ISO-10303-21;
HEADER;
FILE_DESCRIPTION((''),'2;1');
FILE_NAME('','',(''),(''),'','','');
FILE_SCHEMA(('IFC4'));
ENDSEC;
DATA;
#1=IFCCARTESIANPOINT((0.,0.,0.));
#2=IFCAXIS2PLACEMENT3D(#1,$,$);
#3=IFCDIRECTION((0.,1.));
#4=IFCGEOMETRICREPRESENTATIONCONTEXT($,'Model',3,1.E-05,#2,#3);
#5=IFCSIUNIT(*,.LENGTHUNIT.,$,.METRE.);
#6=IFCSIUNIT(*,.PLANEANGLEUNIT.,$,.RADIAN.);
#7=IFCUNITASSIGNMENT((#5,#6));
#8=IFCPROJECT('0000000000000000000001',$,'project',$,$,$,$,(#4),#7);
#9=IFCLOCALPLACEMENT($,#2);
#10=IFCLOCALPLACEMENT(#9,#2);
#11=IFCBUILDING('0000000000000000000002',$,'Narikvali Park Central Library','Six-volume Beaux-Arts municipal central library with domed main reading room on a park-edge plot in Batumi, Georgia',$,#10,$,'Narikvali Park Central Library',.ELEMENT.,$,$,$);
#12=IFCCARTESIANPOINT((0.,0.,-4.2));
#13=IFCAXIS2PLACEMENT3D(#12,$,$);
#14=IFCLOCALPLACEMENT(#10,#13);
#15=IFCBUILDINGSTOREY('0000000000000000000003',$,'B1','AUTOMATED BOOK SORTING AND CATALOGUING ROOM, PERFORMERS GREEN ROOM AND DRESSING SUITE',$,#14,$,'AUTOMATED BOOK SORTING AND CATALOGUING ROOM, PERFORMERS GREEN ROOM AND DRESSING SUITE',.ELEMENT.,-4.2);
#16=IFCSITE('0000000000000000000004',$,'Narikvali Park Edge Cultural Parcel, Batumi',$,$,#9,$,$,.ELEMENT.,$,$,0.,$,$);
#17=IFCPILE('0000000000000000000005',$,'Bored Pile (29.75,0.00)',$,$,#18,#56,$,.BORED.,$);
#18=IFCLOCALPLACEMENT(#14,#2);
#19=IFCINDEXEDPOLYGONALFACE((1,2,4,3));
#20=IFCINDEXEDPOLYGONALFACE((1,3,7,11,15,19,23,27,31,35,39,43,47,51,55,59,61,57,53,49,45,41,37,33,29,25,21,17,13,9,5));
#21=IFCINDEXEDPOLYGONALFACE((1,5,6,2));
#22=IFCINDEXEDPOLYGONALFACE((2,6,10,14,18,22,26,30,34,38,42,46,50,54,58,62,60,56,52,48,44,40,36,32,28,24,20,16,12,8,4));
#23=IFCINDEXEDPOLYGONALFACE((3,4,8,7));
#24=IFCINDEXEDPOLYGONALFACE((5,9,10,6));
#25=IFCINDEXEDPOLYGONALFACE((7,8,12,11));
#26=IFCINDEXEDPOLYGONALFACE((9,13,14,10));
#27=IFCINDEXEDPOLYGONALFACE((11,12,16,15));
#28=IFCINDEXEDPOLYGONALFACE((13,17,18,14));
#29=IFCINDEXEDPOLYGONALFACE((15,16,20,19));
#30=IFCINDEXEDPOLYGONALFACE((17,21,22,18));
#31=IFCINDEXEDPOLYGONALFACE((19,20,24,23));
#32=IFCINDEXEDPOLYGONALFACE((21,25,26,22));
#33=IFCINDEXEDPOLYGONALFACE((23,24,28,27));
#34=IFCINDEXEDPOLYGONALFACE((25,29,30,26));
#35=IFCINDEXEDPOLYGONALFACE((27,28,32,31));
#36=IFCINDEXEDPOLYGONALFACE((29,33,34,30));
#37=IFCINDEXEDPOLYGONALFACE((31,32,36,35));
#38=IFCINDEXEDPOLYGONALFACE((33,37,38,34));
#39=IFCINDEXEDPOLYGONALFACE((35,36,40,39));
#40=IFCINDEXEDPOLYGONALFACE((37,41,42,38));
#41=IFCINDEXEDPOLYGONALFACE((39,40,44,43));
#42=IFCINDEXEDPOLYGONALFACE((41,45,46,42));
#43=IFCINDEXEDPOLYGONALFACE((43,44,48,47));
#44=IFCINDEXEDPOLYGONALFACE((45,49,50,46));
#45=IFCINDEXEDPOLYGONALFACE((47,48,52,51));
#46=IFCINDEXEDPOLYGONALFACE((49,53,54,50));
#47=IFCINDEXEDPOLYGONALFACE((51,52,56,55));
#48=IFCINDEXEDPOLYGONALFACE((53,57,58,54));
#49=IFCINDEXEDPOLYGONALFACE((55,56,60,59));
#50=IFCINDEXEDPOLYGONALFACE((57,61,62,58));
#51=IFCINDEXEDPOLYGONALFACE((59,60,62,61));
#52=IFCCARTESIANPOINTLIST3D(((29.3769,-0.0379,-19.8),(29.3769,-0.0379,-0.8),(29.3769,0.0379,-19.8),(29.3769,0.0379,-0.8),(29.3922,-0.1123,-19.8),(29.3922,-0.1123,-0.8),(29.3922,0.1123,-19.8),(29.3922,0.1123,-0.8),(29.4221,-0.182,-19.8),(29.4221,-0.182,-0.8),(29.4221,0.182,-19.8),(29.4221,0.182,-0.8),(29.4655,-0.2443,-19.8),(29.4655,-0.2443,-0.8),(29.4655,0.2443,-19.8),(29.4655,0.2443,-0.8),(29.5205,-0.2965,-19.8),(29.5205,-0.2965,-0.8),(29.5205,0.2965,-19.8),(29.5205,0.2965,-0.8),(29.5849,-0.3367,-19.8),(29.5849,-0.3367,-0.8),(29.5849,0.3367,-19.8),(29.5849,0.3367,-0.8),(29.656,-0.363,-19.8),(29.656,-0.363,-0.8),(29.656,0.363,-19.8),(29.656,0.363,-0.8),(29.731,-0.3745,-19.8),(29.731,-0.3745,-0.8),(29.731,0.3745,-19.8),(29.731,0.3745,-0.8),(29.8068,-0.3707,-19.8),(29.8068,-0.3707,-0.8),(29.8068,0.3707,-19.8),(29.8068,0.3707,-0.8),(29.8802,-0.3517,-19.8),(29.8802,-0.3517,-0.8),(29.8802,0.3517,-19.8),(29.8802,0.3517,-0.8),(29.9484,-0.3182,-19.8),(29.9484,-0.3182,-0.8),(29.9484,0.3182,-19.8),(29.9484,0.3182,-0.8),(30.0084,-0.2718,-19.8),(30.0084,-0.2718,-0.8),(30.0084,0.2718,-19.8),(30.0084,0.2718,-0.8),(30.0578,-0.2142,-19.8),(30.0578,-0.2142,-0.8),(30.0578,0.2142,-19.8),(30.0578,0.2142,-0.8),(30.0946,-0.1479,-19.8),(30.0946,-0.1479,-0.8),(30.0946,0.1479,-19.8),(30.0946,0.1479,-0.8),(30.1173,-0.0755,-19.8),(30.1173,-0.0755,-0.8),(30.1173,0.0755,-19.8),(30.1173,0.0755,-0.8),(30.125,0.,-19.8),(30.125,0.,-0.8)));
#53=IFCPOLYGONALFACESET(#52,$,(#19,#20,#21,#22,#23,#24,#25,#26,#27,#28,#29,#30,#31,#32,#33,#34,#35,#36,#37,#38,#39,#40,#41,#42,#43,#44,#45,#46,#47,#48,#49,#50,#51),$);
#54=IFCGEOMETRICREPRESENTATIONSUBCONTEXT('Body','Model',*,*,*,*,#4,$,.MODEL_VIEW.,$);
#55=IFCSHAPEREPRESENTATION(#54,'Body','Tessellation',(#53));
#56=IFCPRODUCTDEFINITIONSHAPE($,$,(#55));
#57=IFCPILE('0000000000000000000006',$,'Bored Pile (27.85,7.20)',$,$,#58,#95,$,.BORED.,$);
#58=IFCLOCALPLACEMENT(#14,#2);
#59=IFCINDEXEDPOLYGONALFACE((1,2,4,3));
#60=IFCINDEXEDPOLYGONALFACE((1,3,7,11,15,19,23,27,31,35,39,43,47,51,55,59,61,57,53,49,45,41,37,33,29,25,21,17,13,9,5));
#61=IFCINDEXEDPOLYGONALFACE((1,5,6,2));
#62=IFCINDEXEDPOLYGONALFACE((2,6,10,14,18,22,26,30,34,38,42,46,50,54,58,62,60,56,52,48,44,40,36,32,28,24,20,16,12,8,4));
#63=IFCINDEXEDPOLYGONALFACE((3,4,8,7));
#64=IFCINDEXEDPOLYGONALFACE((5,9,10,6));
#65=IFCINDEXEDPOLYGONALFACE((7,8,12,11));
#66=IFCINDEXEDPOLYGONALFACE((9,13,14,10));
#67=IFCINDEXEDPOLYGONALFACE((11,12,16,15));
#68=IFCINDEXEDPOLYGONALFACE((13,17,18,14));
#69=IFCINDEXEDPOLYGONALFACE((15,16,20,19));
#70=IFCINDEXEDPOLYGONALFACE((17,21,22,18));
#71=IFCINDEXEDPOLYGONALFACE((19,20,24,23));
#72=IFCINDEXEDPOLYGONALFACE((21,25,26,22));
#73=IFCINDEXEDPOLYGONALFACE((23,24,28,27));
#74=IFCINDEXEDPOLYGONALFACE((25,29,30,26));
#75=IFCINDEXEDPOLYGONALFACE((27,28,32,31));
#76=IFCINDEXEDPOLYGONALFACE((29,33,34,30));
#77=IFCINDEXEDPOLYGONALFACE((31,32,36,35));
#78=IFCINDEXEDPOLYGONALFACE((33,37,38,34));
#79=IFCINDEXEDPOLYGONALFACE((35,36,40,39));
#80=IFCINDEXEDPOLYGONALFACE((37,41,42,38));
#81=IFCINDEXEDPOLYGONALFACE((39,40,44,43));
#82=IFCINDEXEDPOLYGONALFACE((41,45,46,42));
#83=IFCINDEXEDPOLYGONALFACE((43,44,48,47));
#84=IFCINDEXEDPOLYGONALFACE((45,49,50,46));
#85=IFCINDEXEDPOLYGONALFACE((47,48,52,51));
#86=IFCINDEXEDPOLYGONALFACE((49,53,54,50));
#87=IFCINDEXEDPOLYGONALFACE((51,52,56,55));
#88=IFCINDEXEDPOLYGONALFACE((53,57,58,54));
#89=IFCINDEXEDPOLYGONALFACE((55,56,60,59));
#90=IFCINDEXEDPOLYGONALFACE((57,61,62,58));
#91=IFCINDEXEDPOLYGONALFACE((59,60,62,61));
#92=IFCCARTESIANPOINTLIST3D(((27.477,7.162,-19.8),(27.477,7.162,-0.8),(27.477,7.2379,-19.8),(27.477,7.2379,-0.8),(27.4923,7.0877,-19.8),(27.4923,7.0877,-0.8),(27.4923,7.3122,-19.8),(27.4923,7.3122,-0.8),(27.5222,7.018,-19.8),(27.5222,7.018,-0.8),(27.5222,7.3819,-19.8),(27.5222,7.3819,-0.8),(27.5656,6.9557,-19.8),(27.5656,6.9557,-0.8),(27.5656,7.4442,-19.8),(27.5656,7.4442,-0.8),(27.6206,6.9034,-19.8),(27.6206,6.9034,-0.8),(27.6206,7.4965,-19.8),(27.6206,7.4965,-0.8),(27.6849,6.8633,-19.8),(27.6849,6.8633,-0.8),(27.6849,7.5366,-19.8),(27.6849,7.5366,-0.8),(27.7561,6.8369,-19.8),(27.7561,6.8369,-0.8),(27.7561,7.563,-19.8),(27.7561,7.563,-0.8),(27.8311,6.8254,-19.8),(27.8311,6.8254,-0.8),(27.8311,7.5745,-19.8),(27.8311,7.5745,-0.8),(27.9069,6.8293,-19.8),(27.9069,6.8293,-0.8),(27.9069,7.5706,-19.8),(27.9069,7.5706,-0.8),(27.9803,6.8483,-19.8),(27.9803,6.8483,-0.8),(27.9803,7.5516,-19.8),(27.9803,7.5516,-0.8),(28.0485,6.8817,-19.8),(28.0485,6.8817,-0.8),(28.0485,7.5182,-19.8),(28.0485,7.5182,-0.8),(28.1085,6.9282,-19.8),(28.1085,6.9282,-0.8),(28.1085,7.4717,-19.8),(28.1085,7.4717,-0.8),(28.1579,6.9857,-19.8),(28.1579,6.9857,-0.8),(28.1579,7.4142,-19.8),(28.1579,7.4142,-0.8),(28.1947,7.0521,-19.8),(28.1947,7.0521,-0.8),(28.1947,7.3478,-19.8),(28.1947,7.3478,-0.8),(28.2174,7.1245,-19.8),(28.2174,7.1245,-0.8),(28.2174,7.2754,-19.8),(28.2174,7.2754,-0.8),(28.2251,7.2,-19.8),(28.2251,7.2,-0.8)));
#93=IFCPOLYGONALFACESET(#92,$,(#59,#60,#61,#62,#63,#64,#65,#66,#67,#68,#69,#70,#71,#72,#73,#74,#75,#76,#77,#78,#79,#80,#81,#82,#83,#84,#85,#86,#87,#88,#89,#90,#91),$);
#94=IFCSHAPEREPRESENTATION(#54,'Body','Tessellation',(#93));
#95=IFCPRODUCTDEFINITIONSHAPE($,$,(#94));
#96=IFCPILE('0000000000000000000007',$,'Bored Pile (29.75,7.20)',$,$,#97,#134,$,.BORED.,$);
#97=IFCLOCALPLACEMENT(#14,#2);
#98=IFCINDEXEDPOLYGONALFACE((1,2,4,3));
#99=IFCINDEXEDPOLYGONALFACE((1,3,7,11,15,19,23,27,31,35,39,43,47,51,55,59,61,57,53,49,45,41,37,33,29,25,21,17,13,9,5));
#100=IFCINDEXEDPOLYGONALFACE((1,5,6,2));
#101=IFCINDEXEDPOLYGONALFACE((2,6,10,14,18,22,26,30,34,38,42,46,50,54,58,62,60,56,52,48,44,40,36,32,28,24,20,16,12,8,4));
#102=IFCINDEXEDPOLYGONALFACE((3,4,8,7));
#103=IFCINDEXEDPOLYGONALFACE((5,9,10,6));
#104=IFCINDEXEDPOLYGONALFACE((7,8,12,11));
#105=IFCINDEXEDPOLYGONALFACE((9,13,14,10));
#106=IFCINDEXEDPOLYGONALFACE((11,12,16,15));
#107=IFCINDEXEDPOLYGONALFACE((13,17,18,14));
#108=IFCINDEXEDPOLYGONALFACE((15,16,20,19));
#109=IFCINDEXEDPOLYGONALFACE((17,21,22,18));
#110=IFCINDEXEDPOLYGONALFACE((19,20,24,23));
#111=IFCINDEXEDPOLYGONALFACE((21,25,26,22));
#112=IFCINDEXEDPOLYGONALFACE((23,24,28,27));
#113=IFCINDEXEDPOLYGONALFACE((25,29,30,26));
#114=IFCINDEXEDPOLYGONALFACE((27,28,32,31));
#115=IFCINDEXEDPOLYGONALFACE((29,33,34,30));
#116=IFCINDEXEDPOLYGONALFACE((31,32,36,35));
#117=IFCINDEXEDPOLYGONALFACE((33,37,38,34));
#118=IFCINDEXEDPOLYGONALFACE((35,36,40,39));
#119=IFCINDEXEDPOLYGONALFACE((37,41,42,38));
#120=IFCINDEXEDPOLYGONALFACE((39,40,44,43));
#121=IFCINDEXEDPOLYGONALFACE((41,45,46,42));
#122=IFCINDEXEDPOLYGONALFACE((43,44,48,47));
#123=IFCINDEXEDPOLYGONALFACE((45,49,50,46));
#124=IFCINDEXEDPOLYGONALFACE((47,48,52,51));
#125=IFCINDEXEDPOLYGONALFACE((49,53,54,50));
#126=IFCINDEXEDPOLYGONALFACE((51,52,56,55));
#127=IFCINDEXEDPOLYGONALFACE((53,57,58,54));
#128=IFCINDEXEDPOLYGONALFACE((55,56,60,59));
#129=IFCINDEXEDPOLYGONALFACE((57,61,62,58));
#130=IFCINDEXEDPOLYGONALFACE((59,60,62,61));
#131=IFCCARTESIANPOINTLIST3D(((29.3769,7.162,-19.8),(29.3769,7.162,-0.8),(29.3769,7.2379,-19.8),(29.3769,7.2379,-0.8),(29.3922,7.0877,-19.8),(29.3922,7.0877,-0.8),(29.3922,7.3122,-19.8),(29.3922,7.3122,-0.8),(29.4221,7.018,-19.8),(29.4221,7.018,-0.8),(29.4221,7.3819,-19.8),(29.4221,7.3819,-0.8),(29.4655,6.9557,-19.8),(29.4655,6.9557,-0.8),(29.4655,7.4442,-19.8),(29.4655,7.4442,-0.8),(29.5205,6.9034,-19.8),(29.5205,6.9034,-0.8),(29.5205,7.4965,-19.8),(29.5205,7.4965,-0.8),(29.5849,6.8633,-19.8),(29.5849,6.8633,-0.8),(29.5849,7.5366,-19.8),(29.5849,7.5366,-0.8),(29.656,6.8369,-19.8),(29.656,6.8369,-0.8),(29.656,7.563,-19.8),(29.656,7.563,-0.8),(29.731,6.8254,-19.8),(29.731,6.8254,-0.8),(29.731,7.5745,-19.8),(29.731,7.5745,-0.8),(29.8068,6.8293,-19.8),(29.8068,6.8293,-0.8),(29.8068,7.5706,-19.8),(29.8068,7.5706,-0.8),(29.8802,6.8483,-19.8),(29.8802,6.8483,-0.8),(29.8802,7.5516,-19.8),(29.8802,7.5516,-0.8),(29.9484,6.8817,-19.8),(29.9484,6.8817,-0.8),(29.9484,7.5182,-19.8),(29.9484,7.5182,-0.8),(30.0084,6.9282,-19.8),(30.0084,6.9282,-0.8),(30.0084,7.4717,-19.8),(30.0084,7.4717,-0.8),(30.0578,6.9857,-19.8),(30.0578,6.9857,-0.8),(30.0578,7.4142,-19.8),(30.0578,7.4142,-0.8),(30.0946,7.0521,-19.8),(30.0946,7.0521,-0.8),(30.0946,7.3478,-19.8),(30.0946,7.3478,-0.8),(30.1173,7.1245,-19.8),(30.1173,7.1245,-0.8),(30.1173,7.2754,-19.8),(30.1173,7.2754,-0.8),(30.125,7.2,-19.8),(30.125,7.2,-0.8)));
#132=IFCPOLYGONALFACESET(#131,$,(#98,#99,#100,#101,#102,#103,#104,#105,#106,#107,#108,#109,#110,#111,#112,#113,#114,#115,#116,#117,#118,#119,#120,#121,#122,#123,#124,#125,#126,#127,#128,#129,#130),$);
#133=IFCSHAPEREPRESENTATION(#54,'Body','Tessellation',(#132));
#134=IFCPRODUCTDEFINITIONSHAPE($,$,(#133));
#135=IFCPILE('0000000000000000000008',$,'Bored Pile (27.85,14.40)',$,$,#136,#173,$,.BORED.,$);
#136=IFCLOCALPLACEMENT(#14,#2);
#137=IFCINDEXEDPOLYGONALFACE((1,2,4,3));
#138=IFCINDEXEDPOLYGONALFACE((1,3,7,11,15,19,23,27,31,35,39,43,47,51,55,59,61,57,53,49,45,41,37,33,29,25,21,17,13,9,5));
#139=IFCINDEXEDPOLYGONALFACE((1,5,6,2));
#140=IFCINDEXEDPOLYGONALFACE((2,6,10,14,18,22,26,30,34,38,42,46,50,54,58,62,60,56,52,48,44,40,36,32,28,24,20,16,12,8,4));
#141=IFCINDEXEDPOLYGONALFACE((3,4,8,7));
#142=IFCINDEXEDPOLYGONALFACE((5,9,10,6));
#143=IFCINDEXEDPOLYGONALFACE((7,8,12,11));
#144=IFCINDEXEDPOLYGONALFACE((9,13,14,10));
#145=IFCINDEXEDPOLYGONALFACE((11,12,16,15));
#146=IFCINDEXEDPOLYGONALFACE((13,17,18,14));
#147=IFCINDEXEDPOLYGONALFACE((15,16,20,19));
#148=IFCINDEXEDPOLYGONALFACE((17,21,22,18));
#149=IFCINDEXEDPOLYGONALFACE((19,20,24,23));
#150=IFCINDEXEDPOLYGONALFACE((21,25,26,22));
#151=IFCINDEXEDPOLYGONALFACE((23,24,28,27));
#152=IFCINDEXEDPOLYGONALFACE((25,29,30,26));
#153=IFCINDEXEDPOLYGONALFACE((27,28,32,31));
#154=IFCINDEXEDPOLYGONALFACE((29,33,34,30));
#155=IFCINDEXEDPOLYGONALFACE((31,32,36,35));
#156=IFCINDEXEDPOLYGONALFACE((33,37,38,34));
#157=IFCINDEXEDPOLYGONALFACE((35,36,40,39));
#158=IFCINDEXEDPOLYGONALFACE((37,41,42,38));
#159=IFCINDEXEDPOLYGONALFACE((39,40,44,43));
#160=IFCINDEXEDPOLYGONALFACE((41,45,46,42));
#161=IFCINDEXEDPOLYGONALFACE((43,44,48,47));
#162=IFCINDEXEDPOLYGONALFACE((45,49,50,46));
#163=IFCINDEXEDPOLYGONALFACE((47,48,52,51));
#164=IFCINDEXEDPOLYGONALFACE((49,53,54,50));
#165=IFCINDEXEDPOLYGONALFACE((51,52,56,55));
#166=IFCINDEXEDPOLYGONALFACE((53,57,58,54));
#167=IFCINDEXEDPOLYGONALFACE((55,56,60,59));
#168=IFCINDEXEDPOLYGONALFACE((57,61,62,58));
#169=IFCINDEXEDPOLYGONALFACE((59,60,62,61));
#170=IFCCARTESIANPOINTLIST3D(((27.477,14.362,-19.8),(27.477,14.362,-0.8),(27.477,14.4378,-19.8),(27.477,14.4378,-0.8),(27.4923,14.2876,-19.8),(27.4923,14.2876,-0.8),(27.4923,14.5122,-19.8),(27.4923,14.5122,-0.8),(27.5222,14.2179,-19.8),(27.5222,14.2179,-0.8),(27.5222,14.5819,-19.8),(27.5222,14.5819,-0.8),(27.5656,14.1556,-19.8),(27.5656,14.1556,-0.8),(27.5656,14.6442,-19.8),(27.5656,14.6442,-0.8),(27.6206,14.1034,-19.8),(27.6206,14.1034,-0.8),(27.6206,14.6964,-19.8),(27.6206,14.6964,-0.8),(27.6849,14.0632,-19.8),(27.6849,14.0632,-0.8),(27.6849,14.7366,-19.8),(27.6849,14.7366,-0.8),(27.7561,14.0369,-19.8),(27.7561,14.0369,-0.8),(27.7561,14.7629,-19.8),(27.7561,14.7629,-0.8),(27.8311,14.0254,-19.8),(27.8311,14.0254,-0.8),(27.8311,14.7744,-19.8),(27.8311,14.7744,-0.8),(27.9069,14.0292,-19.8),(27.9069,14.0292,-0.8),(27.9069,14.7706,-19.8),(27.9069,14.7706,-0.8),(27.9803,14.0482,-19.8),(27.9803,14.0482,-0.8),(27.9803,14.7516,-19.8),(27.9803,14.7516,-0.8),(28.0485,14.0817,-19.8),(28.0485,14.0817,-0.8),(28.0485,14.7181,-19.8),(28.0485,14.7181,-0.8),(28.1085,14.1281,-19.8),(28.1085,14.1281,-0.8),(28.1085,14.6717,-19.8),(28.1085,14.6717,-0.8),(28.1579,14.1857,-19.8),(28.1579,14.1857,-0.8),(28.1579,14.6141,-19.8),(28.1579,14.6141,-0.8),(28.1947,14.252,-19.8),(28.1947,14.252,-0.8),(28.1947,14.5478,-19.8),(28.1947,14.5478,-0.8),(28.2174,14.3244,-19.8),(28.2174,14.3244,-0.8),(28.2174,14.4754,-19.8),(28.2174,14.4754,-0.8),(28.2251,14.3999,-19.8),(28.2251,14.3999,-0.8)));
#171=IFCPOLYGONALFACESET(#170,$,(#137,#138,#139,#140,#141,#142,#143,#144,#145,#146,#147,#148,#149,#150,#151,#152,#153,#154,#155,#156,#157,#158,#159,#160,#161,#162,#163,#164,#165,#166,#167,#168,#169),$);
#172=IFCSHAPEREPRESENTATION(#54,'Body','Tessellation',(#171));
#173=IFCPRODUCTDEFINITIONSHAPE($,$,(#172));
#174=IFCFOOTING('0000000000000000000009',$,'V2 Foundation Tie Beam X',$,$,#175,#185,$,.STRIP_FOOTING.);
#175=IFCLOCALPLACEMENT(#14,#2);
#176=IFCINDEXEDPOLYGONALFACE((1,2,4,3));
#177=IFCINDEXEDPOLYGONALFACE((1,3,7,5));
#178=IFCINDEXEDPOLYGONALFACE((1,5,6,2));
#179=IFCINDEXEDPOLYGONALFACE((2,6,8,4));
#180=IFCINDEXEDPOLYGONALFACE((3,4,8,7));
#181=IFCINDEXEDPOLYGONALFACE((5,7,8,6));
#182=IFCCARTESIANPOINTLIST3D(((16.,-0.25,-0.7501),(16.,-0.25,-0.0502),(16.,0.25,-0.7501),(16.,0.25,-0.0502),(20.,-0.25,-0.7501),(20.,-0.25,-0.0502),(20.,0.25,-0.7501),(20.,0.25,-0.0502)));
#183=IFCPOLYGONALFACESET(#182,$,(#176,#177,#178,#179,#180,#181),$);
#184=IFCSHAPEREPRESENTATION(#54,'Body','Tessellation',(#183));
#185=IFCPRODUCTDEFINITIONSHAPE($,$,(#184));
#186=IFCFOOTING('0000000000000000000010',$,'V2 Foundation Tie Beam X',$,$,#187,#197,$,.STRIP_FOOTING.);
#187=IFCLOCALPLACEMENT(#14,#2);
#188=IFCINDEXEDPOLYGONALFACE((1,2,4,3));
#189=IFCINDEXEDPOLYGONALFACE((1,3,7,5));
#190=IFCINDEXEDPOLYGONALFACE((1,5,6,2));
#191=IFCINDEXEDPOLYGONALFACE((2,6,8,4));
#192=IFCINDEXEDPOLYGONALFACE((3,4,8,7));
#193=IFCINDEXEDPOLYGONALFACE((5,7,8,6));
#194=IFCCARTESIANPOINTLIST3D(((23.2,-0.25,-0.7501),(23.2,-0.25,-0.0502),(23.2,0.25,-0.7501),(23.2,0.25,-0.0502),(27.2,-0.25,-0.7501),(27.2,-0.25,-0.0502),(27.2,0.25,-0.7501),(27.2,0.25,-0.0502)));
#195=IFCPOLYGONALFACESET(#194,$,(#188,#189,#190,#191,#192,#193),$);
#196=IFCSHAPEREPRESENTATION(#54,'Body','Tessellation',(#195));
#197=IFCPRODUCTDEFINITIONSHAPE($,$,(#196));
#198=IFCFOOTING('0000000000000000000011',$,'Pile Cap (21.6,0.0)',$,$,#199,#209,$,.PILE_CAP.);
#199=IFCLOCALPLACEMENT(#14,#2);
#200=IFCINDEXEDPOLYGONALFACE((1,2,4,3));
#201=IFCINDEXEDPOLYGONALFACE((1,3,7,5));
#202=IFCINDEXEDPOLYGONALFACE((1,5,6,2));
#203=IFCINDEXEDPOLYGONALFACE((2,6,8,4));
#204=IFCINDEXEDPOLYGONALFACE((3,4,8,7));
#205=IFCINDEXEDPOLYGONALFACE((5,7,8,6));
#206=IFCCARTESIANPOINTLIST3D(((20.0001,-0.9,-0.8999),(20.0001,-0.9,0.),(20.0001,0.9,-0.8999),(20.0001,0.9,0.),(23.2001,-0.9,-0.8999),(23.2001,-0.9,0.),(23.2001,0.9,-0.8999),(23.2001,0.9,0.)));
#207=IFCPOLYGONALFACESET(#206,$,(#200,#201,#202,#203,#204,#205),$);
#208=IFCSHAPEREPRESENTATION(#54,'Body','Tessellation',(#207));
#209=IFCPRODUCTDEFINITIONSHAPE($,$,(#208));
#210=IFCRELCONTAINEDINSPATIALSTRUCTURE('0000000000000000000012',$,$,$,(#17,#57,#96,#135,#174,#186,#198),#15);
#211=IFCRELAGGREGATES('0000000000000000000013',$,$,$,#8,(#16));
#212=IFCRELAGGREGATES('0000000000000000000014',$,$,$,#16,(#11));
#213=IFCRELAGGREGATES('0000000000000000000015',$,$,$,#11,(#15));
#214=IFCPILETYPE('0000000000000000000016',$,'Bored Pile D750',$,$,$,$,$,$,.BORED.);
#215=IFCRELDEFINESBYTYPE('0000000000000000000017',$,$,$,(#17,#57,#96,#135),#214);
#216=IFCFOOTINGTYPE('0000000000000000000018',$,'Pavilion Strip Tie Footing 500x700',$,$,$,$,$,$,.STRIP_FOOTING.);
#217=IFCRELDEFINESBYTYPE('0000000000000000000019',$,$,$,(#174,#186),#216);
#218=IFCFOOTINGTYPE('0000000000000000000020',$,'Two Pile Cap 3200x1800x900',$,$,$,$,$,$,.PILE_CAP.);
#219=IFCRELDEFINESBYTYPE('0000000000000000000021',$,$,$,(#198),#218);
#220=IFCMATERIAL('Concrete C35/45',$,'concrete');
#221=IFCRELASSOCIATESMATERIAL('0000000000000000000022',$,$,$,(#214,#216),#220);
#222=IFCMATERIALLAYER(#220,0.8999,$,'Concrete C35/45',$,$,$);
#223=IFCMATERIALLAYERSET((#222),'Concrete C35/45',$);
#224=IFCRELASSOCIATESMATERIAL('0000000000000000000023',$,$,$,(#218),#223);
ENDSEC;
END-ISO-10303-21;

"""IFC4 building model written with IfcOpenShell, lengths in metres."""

from ifc_helpers import new_model, si_unit, direction, frame, origin, origin_2d, place, context, subcontext, project, spatial, rectangle, circle, extrude, material, layer, layer_set, material_profile, profile_set, type_object, element, save


model = new_model("IFC4")

# Units and contexts
model_context = context("Model", 3, precision=1e-05, world=origin(), true_north=direction((0.0, 1.0)))
body_context = subcontext(model_context, "Body", "Model", "MODEL_VIEW")
ifc_project = project(units=[si_unit("LENGTHUNIT", "METRE"), si_unit("PLANEANGLEUNIT", "RADIAN")], contexts=[model_context])

# Site, building, storey
site_placement = place(None, origin())
site = spatial("IfcSite", under=ifc_project, at=site_placement, Name="Narikvali Park Edge Cultural Parcel, Batumi", CompositionType="ELEMENT", RefElevation=0.0)
building_placement = place(site_placement, origin())
building = spatial("IfcBuilding", under=site, at=building_placement, Name="Narikvali Park Central Library", Description="Six-volume Beaux-Arts municipal central library with domed main reading room on a park-edge plot in Batumi, Georgia", LongName="Narikvali Park Central Library", CompositionType="ELEMENT")
storey_placement = place(building_placement, frame((0.0, 0.0, -4.2)))
storey = spatial("IfcBuildingStorey", under=building, at=storey_placement, Name="B1", Description="AUTOMATED BOOK SORTING AND CATALOGUING ROOM, PERFORMERS GREEN ROOM AND DRESSING SUITE", LongName="AUTOMATED BOOK SORTING AND CATALOGUING ROOM, PERFORMERS GREEN ROOM AND DRESSING SUITE", CompositionType="ELEMENT", Elevation=-4.2)

# Piles
ifc_material_1 = material(Name="Concrete C35/45", Category="concrete")
ifc_material_profile_1 = material_profile(ifc_material_1, circle(Radius=0.375, at=origin_2d()), Name="PILE D750")
ifc_profile_set_1 = profile_set([ifc_material_profile_1], Name="Concrete C35/45")
pile_type = type_object("IfcPileType", Name="Bored Pile D750", PredefinedType="BORED", material=ifc_profile_set_1)
for number, where, z_axis, x_axis, name in (
    (1, (29.75, 0.0, -0.8), (0.0, 0.0, -1.0), (1.0, 0.0, 0.0), "Bored Pile (29.75,0.00)"),
    (2, (27.8501, 7.2, -0.8), (0.0, 0.0, -1.0), (1.0, 0.0, 0.0), "Bored Pile (27.85,7.20)"),
    (3, (29.75, 7.2, -0.8), (0.0, 0.0, -1.0), (1.0, 0.0, 0.0), "Bored Pile (29.75,7.20)"),
    (4, (27.8501, 14.3999, -0.8), (0.0, 0.0, -1.0), (1.0, 0.0, 0.0), "Bored Pile (27.85,14.40)"),
):
    element("IfcPile", number, at=place(storey_placement, frame(where, z_axis=z_axis, x_axis=x_axis)), inside=storey, type_object=pile_type, Name=name, PredefinedType="BORED", context=body_context, shape_type="SweptSolid", body=[
        extrude(circle(Radius=0.375, at=origin_2d()), origin(), (0.0, 0.0, 1.0), 19.0),
    ])

# Footings
ifc_material_profile_2 = material_profile(ifc_material_1, rectangle(XDim=0.5, YDim=0.7, at=origin_2d()), Name="RC GB 500x700")
ifc_profile_set_2 = profile_set([ifc_material_profile_2], Name="Concrete C35/45")
footing_type_1 = type_object("IfcFootingType", Name="Pavilion Strip Tie Footing 500x700", PredefinedType="STRIP_FOOTING", material=ifc_profile_set_2)
for number, where, z_axis, x_axis, name in (
    (5, (16.0, 0.0, -0.4001), (1.0, 0.0, 0.0), (0.0, 1.0, 0.0), "V2 Foundation Tie Beam X"),
    (6, (23.2, 0.0, -0.4001), (1.0, 0.0, 0.0), (0.0, 1.0, 0.0), "V2 Foundation Tie Beam X"),
):
    element("IfcFooting", number, at=place(storey_placement, frame(where, z_axis=z_axis, x_axis=x_axis)), inside=storey, type_object=footing_type_1, Name=name, PredefinedType="STRIP_FOOTING", context=body_context, shape_type="SweptSolid", body=[
        extrude(rectangle(XDim=0.5, YDim=0.7, at=origin_2d()), origin(), (0.0, 0.0, 1.0), 4.0),
    ])
ifc_layer_1 = layer(ifc_material_1, 0.8999, Name="Concrete C35/45")
ifc_layer_set_1 = layer_set([ifc_layer_1], Name="Concrete C35/45")
footing_type_2 = type_object("IfcFootingType", Name="Two Pile Cap 3200x1800x900", PredefinedType="PILE_CAP", material=ifc_layer_set_1)
for number, where, z_axis, x_axis, name in (
    (7, (21.6001, 0.0, -0.8999), (0.0, 0.0, 1.0), (1.0, 0.0, 0.0), "Pile Cap (21.6,0.0)"),
):
    element("IfcFooting", number, at=place(storey_placement, frame(where, z_axis=z_axis, x_axis=x_axis)), inside=storey, type_object=footing_type_2, Name=name, PredefinedType="PILE_CAP", context=body_context, shape_type="SweptSolid", body=[
        extrude(rectangle(XDim=3.2, YDim=1.8, at=origin_2d()), origin(), (0.0, 0.0, 1.0), 0.8999),
    ])

save(model, "model.ifc")
